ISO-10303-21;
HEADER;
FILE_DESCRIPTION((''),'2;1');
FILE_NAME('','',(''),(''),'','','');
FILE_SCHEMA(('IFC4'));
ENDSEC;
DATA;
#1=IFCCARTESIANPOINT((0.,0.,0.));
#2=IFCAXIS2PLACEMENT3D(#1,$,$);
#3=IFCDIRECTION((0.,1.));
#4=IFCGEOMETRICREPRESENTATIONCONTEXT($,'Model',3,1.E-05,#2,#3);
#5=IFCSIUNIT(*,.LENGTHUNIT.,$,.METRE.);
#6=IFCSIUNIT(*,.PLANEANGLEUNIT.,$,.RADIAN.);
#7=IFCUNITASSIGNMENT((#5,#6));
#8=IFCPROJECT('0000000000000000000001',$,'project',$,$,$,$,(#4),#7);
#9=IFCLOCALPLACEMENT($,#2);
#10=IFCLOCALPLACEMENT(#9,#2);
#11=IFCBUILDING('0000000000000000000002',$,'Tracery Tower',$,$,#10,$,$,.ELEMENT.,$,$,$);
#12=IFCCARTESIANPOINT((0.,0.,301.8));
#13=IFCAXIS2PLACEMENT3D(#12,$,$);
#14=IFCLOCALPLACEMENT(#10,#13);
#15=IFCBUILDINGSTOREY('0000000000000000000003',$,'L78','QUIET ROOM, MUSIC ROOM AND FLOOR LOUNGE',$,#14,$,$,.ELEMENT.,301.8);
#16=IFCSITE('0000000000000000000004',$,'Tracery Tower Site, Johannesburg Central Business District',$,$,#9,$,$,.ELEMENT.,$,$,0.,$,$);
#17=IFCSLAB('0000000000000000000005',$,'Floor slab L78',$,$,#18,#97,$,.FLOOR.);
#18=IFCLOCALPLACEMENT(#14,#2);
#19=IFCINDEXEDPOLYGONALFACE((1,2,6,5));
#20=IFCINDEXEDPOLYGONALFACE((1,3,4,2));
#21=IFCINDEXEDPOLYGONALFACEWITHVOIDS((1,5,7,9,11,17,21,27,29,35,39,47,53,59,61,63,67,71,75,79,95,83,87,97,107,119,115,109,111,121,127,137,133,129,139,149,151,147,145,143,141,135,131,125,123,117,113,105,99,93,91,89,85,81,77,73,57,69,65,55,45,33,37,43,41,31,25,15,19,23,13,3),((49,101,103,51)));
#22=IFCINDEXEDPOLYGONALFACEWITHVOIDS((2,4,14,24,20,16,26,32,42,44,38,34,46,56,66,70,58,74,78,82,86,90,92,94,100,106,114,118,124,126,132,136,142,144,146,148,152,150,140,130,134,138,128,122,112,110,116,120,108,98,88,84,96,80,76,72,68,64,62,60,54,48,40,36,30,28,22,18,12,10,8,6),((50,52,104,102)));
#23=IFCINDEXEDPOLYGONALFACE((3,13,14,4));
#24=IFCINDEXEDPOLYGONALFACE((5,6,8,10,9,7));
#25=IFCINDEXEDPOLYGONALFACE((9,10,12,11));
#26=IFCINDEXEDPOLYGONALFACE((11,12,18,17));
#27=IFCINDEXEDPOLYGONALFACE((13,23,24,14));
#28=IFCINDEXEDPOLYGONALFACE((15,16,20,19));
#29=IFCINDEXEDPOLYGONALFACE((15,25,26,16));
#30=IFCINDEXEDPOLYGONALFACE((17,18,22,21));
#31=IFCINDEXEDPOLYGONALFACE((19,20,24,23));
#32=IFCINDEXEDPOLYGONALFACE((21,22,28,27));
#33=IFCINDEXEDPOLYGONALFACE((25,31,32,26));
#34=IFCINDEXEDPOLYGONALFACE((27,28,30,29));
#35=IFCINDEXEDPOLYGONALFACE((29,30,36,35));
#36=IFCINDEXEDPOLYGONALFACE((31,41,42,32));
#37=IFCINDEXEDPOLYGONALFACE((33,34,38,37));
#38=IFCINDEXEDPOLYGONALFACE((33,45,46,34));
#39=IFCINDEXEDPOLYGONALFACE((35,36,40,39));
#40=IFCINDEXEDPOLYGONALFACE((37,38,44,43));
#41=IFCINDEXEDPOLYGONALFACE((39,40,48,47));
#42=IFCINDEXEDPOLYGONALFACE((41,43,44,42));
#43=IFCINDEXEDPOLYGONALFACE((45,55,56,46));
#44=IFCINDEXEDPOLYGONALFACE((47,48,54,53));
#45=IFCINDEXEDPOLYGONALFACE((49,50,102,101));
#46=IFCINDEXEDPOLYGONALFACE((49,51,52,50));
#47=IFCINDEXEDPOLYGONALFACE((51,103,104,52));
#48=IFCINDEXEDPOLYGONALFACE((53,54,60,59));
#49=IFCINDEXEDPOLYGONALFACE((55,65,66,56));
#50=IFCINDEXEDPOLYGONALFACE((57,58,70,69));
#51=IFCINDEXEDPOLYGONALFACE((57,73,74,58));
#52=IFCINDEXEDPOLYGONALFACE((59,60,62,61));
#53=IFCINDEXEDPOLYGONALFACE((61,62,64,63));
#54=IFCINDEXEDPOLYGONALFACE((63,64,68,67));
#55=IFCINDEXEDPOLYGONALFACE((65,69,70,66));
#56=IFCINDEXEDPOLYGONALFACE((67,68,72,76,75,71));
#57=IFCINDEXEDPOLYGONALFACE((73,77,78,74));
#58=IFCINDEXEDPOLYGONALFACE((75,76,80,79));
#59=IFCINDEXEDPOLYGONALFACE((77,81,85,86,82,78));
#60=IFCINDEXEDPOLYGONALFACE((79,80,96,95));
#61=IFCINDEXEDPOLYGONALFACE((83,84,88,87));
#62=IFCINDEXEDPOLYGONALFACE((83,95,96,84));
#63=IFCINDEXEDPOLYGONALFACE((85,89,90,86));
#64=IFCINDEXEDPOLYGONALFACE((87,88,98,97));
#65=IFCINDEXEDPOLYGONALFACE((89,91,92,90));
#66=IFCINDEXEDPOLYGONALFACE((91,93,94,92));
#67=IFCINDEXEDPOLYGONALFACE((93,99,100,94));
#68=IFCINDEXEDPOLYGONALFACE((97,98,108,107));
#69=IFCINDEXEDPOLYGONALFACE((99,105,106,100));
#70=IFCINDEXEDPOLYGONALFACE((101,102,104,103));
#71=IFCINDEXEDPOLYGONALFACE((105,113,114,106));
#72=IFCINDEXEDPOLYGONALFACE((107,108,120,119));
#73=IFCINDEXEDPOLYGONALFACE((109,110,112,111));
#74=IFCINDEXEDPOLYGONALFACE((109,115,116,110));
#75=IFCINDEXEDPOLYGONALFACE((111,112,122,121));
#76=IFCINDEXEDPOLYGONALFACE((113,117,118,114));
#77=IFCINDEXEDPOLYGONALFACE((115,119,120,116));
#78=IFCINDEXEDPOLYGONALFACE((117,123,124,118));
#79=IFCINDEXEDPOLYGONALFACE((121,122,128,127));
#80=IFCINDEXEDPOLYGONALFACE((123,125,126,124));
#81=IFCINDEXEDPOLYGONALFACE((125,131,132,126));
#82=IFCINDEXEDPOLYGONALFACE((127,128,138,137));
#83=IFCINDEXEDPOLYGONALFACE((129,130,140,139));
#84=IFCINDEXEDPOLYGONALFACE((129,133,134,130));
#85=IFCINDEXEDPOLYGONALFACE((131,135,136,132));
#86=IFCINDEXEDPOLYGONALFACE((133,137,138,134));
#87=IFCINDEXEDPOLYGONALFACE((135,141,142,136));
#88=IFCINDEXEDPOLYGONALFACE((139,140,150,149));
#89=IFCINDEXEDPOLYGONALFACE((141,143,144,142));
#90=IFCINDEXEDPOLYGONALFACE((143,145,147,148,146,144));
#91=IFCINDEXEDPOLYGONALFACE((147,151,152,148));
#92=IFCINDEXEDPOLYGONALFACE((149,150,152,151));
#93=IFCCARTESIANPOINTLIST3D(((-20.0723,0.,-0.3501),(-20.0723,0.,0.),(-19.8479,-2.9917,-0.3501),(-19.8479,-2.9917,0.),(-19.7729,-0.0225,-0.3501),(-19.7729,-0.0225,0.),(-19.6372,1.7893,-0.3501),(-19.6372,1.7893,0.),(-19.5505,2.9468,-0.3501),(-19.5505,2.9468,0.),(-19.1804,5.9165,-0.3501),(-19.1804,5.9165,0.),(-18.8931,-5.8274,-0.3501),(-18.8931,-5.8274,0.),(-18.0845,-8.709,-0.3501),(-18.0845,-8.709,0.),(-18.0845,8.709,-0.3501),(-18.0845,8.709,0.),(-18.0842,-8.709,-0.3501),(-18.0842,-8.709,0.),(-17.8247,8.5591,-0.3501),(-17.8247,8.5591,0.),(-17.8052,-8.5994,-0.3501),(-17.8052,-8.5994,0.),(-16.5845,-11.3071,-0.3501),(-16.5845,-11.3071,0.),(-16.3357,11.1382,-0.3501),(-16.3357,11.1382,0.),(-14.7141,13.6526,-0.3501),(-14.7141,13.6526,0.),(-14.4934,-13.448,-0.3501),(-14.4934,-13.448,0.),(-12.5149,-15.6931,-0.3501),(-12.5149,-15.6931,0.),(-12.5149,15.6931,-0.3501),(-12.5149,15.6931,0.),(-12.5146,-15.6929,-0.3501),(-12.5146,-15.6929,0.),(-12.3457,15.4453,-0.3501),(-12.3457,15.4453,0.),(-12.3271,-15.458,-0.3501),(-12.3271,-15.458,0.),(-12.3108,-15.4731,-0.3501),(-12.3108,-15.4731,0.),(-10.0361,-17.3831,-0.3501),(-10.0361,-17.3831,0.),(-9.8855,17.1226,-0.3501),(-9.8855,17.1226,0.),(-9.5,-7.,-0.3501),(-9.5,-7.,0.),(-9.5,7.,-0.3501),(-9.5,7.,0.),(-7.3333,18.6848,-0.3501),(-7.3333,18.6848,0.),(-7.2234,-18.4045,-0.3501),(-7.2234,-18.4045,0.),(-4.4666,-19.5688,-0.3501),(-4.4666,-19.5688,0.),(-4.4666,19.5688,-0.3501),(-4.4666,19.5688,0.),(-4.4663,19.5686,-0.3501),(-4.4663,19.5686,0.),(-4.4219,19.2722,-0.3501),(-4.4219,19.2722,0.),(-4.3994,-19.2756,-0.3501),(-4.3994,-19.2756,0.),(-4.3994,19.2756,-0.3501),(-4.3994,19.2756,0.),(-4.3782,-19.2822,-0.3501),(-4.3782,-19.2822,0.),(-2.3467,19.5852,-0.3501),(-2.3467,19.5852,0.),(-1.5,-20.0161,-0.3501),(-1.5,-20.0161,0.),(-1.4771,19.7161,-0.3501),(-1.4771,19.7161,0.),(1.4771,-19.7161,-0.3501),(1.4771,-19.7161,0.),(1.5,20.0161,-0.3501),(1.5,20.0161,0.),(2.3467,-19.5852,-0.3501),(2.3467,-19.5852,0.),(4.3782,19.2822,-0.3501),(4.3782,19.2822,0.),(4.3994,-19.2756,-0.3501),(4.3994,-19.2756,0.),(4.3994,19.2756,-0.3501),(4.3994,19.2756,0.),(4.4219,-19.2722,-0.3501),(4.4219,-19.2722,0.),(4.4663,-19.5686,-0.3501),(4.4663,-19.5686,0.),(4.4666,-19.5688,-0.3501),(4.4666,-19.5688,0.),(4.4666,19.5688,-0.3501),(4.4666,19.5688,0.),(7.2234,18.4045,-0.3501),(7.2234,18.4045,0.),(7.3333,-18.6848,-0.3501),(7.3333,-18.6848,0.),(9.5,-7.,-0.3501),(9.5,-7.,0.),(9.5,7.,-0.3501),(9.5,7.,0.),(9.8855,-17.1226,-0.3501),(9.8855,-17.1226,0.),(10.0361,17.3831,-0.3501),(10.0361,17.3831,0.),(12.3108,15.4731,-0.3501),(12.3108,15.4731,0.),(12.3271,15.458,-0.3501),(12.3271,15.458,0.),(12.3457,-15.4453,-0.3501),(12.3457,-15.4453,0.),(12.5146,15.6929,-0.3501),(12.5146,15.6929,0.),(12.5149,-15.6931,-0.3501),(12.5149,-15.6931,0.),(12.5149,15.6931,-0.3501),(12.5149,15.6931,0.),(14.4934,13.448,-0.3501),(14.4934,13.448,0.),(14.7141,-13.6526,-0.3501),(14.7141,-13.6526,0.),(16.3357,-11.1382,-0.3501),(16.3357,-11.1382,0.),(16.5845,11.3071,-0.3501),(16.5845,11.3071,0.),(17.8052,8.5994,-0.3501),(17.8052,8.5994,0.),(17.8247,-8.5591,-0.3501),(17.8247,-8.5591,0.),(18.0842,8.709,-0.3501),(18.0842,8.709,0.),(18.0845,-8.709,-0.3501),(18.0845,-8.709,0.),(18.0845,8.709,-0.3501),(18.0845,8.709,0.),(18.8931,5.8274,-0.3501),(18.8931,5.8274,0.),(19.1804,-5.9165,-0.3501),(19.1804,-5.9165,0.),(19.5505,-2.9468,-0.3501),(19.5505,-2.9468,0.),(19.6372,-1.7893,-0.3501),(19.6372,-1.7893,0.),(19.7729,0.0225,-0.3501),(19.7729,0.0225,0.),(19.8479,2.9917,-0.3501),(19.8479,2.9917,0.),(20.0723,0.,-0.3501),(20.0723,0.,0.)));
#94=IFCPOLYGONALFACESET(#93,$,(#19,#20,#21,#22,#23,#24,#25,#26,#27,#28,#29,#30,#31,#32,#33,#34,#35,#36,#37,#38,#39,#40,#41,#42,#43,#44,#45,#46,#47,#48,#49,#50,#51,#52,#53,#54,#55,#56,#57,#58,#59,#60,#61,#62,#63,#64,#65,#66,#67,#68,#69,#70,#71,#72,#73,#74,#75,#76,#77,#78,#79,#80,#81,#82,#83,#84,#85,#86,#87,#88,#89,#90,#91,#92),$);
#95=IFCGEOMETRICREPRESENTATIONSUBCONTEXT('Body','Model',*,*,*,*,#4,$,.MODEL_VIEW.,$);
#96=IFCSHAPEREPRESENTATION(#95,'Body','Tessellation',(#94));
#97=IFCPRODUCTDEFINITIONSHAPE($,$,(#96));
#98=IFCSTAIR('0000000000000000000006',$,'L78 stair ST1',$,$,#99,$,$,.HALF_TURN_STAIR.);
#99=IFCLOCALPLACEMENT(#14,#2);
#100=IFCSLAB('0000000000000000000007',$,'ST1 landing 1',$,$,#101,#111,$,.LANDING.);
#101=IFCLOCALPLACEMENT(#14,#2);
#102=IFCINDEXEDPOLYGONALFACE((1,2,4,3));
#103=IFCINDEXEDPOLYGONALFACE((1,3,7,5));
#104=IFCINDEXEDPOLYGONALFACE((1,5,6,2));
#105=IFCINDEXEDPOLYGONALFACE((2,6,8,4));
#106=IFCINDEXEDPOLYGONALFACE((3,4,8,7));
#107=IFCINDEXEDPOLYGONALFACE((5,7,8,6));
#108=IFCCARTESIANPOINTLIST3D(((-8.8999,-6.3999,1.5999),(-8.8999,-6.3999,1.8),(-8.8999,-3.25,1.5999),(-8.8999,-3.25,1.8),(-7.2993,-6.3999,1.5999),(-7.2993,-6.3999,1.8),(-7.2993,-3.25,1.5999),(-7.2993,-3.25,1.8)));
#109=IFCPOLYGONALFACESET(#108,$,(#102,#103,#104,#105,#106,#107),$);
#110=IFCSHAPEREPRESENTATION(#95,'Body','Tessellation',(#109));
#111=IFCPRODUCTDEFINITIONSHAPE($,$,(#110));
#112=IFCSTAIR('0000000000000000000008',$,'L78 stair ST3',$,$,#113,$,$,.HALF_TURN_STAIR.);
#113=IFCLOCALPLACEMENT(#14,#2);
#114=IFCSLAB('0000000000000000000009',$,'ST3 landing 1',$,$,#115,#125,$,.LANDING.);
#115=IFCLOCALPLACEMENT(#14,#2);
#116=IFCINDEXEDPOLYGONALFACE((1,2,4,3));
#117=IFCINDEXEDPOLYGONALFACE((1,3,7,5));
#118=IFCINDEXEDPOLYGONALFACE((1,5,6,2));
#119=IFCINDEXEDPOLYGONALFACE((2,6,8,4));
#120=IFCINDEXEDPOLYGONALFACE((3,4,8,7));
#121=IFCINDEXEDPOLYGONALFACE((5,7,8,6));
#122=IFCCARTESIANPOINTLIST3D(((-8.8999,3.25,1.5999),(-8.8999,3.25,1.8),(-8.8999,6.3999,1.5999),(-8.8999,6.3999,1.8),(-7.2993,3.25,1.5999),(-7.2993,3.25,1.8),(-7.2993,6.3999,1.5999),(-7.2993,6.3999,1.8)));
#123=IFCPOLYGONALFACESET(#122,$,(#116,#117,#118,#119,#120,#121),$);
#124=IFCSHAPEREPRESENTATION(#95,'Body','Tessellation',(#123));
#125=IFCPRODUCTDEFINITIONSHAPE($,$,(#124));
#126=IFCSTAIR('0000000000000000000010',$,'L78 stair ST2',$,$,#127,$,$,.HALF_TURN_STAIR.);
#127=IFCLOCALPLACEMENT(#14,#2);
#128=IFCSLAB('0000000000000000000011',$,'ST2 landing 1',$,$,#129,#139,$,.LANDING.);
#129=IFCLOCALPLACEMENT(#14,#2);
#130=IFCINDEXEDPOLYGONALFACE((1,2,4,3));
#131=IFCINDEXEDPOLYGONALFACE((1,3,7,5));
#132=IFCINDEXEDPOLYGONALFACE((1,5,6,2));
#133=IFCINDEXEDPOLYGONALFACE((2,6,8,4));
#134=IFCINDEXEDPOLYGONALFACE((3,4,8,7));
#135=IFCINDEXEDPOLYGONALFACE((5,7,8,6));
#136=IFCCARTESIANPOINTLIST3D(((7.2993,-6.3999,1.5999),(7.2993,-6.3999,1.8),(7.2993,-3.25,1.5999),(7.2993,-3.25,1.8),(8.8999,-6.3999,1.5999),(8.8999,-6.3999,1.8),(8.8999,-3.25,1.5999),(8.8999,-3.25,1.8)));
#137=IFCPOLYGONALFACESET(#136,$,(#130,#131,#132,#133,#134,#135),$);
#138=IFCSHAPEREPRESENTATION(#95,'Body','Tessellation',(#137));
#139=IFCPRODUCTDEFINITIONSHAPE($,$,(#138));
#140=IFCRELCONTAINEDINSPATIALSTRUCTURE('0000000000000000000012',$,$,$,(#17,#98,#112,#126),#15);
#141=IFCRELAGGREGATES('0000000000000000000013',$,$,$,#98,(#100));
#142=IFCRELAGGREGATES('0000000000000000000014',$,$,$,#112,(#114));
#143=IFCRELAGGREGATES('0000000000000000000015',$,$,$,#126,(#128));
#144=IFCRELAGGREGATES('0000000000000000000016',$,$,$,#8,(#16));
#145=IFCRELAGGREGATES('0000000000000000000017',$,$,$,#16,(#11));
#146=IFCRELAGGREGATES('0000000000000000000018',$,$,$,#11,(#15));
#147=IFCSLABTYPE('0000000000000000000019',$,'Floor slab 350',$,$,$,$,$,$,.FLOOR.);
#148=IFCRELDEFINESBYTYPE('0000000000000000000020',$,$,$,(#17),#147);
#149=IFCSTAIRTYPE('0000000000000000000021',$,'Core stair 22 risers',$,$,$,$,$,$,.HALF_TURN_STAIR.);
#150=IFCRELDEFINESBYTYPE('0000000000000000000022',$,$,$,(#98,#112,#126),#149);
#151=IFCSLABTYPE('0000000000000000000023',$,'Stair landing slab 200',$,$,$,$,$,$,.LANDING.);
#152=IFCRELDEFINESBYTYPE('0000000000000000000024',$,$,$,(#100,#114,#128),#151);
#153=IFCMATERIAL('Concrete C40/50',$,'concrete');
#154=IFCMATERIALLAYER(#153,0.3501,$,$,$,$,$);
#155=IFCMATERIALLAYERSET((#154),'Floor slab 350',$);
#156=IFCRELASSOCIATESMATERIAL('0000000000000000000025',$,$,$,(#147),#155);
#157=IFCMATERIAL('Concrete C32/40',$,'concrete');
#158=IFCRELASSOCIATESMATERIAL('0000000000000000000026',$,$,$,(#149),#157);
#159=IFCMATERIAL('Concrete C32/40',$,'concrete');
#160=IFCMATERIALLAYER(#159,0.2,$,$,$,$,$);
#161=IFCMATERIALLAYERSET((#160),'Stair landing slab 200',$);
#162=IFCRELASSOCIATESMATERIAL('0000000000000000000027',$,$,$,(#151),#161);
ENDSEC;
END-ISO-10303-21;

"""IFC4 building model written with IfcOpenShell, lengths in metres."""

from ifc_helpers import new_model, si_unit, direction, frame, origin, place, context, subcontext, project, spatial, polyline, outline, extrude, material, layer, layer_set, type_object, element, aggregate, save


model = new_model("IFC4")

# Units and contexts
model_context = context("Model", 3, precision=1e-05, world=origin(), true_north=direction((0.0, 1.0)))
body_context = subcontext(model_context, "Body", "Model", "MODEL_VIEW")
ifc_project = project(units=[si_unit("LENGTHUNIT", "METRE"), si_unit("PLANEANGLEUNIT", "RADIAN")], contexts=[model_context])

# Site, building, storey
site_placement = place(None, origin())
site = spatial("IfcSite", under=ifc_project, at=site_placement, Name="Tracery Tower Site, Johannesburg Central Business District", CompositionType="ELEMENT", RefElevation=0.0)
building_placement = place(site_placement, origin())
building = spatial("IfcBuilding", under=site, at=building_placement, Name="Tracery Tower", CompositionType="ELEMENT")
storey_placement = place(building_placement, frame((0.0, 0.0, 301.8)))
storey = spatial("IfcBuildingStorey", under=building, at=storey_placement, Name="L78", Description="QUIET ROOM, MUSIC ROOM AND FLOOR LOUNGE", CompositionType="ELEMENT", Elevation=301.8)

# Slab
ifc_material_1 = material(Name="Concrete C40/50", Category="concrete")
ifc_layer_1 = layer(ifc_material_1, 0.3501)
ifc_layer_set_1 = layer_set([ifc_layer_1], Name="Floor slab 350")
slab_type_1 = type_object("IfcSlabType", Name="Floor slab 350", PredefinedType="FLOOR", material=ifc_layer_set_1)
slab_1_placement = place(storey_placement, frame((0.0, 0.0, -0.3501)))
element("IfcSlab", 1, at=slab_1_placement, inside=storey, type_object=slab_type_1, Name="Floor slab L78", PredefinedType="FLOOR", context=body_context, shape_type="SweptSolid", body=[
    extrude(outline(polyline([(18.8931, 5.8274), (17.8052, 8.5994), (18.0842, 8.709), (18.0845, 8.709), (16.5845, 11.3071), (14.4934, 13.448), (12.3271, 15.458), (12.3271, 15.458), (12.3108, 15.4731), (12.5146, 15.6929), (12.5149, 15.6931), (10.0361, 17.3831), (7.2234, 18.4045), (4.3994, 19.2756), (4.3994, 19.2756), (4.3782, 19.2822), (4.4666, 19.5688), (1.5, 20.0161), (-1.4771, 19.7161), (-2.3467, 19.5852), (-4.3994, 19.2756), (-4.3994, 19.2756), (-4.4219, 19.2722), (-4.4663, 19.5686), (-4.4666, 19.5688), (-7.3333, 18.6848), (-9.8855, 17.1226), (-12.3457, 15.4453), (-12.5149, 15.6931), (-14.7141, 13.6526), (-16.3357, 11.1382), (-17.8247, 8.5591), (-18.0845, 8.709), (-19.1804, 5.9165), (-19.5505, 2.9468), (-19.6372, 1.7893), (-19.7729, -0.0225), (-20.0723, 0.0), (-20.0723, 0.0), (-19.8479, -2.9917), (-18.8931, -5.8274), (-17.8052, -8.5994), (-18.0842, -8.709), (-18.0845, -8.709), (-16.5845, -11.3071), (-14.4934, -13.448), (-12.3271, -15.458), (-12.3271, -15.458), (-12.3108, -15.4731), (-12.5146, -15.6929), (-12.5149, -15.6931), (-10.0361, -17.3831), (-7.2234, -18.4045), (-4.3994, -19.2756), (-4.3994, -19.2756), (-4.3782, -19.2822), (-4.4666, -19.5688), (-1.5, -20.0161), (1.4771, -19.7161), (2.3467, -19.5852), (4.3994, -19.2756), (4.3994, -19.2756), (4.4219, -19.2722), (4.4663, -19.5686), (4.4666, -19.5688), (7.3333, -18.6848), (9.8855, -17.1226), (12.3457, -15.4453), (12.5149, -15.6931), (14.7141, -13.6526), (16.3357, -11.1382), (17.8247, -8.5591), (18.0845, -8.709), (19.1804, -5.9165), (19.5505, -2.9468), (19.6372, -1.7893), (19.7729, 0.0225), (20.0723, 0.0), (19.8479, 2.9917), (18.8931, 5.8274)]), holes=[polyline([(-9.5, -7.0), (9.5, -7.0), (9.5, 7.0), (-9.5, 7.0), (-9.5, -7.0)])]), origin(), (0.0, 0.0, 1.0), 0.3501),
])

# Stairs, slabs
ifc_material_2 = material(Name="Concrete C32/40", Category="concrete")
stair_type = type_object("IfcStairType", Name="Core stair 22 risers", PredefinedType="HALF_TURN_STAIR", material=ifc_material_2)
stair_1_placement = place(storey_placement, origin())
stair_1 = element("IfcStair", 2, at=stair_1_placement, inside=storey, type_object=stair_type, Name="L78 stair ST1", PredefinedType="HALF_TURN_STAIR")
ifc_material_3 = material(Name="Concrete C32/40", Category="concrete")
ifc_layer_2 = layer(ifc_material_3, 0.2)
ifc_layer_set_2 = layer_set([ifc_layer_2], Name="Stair landing slab 200")
slab_type_2 = type_object("IfcSlabType", Name="Stair landing slab 200", PredefinedType="LANDING", material=ifc_layer_set_2)
slab_2_placement = place(storey_placement, frame((0.0, 0.0, 1.5999)))
slab_2 = element("IfcSlab", 3, at=slab_2_placement, type_object=slab_type_2, Name="ST1 landing 1", PredefinedType="LANDING", context=body_context, shape_type="SweptSolid", body=[
    extrude(outline(polyline([(-7.2993, -3.25), (-8.8999, -3.25), (-8.8999, -6.3999), (-7.2993, -6.3999), (-7.2993, -3.25)])), origin(), (0.0, 0.0, 1.0), 0.2002),
])
aggregate(stair_1, [slab_2])
stair_2_placement = place(storey_placement, origin())
stair_2 = element("IfcStair", 4, at=stair_2_placement, inside=storey, type_object=stair_type, Name="L78 stair ST3", PredefinedType="HALF_TURN_STAIR")
slab_3_placement = place(storey_placement, frame((0.0, 0.0, 1.5999)))
slab_3 = element("IfcSlab", 5, at=slab_3_placement, type_object=slab_type_2, Name="ST3 landing 1", PredefinedType="LANDING", context=body_context, shape_type="SweptSolid", body=[
    extrude(outline(polyline([(-7.2993, 6.3999), (-8.8999, 6.3999), (-8.8999, 3.25), (-7.2993, 3.25), (-7.2993, 6.3999)])), origin(), (0.0, 0.0, 1.0), 0.2002),
])
aggregate(stair_2, [slab_3])
stair_3_placement = place(storey_placement, origin())
stair_3 = element("IfcStair", 6, at=stair_3_placement, inside=storey, type_object=stair_type, Name="L78 stair ST2", PredefinedType="HALF_TURN_STAIR")
slab_4_placement = place(storey_placement, frame((0.0, 0.0, 1.5999)))
slab_4 = element("IfcSlab", 7, at=slab_4_placement, type_object=slab_type_2, Name="ST2 landing 1", PredefinedType="LANDING", context=body_context, shape_type="SweptSolid", body=[
    extrude(outline(polyline([(7.2993, -6.3999), (8.8999, -6.3999), (8.8999, -3.25), (7.2993, -3.25), (7.2993, -6.3999)])), origin(), (0.0, 0.0, 1.0), 0.2002),
])
aggregate(stair_3, [slab_4])

save(model, "model.ifc")
